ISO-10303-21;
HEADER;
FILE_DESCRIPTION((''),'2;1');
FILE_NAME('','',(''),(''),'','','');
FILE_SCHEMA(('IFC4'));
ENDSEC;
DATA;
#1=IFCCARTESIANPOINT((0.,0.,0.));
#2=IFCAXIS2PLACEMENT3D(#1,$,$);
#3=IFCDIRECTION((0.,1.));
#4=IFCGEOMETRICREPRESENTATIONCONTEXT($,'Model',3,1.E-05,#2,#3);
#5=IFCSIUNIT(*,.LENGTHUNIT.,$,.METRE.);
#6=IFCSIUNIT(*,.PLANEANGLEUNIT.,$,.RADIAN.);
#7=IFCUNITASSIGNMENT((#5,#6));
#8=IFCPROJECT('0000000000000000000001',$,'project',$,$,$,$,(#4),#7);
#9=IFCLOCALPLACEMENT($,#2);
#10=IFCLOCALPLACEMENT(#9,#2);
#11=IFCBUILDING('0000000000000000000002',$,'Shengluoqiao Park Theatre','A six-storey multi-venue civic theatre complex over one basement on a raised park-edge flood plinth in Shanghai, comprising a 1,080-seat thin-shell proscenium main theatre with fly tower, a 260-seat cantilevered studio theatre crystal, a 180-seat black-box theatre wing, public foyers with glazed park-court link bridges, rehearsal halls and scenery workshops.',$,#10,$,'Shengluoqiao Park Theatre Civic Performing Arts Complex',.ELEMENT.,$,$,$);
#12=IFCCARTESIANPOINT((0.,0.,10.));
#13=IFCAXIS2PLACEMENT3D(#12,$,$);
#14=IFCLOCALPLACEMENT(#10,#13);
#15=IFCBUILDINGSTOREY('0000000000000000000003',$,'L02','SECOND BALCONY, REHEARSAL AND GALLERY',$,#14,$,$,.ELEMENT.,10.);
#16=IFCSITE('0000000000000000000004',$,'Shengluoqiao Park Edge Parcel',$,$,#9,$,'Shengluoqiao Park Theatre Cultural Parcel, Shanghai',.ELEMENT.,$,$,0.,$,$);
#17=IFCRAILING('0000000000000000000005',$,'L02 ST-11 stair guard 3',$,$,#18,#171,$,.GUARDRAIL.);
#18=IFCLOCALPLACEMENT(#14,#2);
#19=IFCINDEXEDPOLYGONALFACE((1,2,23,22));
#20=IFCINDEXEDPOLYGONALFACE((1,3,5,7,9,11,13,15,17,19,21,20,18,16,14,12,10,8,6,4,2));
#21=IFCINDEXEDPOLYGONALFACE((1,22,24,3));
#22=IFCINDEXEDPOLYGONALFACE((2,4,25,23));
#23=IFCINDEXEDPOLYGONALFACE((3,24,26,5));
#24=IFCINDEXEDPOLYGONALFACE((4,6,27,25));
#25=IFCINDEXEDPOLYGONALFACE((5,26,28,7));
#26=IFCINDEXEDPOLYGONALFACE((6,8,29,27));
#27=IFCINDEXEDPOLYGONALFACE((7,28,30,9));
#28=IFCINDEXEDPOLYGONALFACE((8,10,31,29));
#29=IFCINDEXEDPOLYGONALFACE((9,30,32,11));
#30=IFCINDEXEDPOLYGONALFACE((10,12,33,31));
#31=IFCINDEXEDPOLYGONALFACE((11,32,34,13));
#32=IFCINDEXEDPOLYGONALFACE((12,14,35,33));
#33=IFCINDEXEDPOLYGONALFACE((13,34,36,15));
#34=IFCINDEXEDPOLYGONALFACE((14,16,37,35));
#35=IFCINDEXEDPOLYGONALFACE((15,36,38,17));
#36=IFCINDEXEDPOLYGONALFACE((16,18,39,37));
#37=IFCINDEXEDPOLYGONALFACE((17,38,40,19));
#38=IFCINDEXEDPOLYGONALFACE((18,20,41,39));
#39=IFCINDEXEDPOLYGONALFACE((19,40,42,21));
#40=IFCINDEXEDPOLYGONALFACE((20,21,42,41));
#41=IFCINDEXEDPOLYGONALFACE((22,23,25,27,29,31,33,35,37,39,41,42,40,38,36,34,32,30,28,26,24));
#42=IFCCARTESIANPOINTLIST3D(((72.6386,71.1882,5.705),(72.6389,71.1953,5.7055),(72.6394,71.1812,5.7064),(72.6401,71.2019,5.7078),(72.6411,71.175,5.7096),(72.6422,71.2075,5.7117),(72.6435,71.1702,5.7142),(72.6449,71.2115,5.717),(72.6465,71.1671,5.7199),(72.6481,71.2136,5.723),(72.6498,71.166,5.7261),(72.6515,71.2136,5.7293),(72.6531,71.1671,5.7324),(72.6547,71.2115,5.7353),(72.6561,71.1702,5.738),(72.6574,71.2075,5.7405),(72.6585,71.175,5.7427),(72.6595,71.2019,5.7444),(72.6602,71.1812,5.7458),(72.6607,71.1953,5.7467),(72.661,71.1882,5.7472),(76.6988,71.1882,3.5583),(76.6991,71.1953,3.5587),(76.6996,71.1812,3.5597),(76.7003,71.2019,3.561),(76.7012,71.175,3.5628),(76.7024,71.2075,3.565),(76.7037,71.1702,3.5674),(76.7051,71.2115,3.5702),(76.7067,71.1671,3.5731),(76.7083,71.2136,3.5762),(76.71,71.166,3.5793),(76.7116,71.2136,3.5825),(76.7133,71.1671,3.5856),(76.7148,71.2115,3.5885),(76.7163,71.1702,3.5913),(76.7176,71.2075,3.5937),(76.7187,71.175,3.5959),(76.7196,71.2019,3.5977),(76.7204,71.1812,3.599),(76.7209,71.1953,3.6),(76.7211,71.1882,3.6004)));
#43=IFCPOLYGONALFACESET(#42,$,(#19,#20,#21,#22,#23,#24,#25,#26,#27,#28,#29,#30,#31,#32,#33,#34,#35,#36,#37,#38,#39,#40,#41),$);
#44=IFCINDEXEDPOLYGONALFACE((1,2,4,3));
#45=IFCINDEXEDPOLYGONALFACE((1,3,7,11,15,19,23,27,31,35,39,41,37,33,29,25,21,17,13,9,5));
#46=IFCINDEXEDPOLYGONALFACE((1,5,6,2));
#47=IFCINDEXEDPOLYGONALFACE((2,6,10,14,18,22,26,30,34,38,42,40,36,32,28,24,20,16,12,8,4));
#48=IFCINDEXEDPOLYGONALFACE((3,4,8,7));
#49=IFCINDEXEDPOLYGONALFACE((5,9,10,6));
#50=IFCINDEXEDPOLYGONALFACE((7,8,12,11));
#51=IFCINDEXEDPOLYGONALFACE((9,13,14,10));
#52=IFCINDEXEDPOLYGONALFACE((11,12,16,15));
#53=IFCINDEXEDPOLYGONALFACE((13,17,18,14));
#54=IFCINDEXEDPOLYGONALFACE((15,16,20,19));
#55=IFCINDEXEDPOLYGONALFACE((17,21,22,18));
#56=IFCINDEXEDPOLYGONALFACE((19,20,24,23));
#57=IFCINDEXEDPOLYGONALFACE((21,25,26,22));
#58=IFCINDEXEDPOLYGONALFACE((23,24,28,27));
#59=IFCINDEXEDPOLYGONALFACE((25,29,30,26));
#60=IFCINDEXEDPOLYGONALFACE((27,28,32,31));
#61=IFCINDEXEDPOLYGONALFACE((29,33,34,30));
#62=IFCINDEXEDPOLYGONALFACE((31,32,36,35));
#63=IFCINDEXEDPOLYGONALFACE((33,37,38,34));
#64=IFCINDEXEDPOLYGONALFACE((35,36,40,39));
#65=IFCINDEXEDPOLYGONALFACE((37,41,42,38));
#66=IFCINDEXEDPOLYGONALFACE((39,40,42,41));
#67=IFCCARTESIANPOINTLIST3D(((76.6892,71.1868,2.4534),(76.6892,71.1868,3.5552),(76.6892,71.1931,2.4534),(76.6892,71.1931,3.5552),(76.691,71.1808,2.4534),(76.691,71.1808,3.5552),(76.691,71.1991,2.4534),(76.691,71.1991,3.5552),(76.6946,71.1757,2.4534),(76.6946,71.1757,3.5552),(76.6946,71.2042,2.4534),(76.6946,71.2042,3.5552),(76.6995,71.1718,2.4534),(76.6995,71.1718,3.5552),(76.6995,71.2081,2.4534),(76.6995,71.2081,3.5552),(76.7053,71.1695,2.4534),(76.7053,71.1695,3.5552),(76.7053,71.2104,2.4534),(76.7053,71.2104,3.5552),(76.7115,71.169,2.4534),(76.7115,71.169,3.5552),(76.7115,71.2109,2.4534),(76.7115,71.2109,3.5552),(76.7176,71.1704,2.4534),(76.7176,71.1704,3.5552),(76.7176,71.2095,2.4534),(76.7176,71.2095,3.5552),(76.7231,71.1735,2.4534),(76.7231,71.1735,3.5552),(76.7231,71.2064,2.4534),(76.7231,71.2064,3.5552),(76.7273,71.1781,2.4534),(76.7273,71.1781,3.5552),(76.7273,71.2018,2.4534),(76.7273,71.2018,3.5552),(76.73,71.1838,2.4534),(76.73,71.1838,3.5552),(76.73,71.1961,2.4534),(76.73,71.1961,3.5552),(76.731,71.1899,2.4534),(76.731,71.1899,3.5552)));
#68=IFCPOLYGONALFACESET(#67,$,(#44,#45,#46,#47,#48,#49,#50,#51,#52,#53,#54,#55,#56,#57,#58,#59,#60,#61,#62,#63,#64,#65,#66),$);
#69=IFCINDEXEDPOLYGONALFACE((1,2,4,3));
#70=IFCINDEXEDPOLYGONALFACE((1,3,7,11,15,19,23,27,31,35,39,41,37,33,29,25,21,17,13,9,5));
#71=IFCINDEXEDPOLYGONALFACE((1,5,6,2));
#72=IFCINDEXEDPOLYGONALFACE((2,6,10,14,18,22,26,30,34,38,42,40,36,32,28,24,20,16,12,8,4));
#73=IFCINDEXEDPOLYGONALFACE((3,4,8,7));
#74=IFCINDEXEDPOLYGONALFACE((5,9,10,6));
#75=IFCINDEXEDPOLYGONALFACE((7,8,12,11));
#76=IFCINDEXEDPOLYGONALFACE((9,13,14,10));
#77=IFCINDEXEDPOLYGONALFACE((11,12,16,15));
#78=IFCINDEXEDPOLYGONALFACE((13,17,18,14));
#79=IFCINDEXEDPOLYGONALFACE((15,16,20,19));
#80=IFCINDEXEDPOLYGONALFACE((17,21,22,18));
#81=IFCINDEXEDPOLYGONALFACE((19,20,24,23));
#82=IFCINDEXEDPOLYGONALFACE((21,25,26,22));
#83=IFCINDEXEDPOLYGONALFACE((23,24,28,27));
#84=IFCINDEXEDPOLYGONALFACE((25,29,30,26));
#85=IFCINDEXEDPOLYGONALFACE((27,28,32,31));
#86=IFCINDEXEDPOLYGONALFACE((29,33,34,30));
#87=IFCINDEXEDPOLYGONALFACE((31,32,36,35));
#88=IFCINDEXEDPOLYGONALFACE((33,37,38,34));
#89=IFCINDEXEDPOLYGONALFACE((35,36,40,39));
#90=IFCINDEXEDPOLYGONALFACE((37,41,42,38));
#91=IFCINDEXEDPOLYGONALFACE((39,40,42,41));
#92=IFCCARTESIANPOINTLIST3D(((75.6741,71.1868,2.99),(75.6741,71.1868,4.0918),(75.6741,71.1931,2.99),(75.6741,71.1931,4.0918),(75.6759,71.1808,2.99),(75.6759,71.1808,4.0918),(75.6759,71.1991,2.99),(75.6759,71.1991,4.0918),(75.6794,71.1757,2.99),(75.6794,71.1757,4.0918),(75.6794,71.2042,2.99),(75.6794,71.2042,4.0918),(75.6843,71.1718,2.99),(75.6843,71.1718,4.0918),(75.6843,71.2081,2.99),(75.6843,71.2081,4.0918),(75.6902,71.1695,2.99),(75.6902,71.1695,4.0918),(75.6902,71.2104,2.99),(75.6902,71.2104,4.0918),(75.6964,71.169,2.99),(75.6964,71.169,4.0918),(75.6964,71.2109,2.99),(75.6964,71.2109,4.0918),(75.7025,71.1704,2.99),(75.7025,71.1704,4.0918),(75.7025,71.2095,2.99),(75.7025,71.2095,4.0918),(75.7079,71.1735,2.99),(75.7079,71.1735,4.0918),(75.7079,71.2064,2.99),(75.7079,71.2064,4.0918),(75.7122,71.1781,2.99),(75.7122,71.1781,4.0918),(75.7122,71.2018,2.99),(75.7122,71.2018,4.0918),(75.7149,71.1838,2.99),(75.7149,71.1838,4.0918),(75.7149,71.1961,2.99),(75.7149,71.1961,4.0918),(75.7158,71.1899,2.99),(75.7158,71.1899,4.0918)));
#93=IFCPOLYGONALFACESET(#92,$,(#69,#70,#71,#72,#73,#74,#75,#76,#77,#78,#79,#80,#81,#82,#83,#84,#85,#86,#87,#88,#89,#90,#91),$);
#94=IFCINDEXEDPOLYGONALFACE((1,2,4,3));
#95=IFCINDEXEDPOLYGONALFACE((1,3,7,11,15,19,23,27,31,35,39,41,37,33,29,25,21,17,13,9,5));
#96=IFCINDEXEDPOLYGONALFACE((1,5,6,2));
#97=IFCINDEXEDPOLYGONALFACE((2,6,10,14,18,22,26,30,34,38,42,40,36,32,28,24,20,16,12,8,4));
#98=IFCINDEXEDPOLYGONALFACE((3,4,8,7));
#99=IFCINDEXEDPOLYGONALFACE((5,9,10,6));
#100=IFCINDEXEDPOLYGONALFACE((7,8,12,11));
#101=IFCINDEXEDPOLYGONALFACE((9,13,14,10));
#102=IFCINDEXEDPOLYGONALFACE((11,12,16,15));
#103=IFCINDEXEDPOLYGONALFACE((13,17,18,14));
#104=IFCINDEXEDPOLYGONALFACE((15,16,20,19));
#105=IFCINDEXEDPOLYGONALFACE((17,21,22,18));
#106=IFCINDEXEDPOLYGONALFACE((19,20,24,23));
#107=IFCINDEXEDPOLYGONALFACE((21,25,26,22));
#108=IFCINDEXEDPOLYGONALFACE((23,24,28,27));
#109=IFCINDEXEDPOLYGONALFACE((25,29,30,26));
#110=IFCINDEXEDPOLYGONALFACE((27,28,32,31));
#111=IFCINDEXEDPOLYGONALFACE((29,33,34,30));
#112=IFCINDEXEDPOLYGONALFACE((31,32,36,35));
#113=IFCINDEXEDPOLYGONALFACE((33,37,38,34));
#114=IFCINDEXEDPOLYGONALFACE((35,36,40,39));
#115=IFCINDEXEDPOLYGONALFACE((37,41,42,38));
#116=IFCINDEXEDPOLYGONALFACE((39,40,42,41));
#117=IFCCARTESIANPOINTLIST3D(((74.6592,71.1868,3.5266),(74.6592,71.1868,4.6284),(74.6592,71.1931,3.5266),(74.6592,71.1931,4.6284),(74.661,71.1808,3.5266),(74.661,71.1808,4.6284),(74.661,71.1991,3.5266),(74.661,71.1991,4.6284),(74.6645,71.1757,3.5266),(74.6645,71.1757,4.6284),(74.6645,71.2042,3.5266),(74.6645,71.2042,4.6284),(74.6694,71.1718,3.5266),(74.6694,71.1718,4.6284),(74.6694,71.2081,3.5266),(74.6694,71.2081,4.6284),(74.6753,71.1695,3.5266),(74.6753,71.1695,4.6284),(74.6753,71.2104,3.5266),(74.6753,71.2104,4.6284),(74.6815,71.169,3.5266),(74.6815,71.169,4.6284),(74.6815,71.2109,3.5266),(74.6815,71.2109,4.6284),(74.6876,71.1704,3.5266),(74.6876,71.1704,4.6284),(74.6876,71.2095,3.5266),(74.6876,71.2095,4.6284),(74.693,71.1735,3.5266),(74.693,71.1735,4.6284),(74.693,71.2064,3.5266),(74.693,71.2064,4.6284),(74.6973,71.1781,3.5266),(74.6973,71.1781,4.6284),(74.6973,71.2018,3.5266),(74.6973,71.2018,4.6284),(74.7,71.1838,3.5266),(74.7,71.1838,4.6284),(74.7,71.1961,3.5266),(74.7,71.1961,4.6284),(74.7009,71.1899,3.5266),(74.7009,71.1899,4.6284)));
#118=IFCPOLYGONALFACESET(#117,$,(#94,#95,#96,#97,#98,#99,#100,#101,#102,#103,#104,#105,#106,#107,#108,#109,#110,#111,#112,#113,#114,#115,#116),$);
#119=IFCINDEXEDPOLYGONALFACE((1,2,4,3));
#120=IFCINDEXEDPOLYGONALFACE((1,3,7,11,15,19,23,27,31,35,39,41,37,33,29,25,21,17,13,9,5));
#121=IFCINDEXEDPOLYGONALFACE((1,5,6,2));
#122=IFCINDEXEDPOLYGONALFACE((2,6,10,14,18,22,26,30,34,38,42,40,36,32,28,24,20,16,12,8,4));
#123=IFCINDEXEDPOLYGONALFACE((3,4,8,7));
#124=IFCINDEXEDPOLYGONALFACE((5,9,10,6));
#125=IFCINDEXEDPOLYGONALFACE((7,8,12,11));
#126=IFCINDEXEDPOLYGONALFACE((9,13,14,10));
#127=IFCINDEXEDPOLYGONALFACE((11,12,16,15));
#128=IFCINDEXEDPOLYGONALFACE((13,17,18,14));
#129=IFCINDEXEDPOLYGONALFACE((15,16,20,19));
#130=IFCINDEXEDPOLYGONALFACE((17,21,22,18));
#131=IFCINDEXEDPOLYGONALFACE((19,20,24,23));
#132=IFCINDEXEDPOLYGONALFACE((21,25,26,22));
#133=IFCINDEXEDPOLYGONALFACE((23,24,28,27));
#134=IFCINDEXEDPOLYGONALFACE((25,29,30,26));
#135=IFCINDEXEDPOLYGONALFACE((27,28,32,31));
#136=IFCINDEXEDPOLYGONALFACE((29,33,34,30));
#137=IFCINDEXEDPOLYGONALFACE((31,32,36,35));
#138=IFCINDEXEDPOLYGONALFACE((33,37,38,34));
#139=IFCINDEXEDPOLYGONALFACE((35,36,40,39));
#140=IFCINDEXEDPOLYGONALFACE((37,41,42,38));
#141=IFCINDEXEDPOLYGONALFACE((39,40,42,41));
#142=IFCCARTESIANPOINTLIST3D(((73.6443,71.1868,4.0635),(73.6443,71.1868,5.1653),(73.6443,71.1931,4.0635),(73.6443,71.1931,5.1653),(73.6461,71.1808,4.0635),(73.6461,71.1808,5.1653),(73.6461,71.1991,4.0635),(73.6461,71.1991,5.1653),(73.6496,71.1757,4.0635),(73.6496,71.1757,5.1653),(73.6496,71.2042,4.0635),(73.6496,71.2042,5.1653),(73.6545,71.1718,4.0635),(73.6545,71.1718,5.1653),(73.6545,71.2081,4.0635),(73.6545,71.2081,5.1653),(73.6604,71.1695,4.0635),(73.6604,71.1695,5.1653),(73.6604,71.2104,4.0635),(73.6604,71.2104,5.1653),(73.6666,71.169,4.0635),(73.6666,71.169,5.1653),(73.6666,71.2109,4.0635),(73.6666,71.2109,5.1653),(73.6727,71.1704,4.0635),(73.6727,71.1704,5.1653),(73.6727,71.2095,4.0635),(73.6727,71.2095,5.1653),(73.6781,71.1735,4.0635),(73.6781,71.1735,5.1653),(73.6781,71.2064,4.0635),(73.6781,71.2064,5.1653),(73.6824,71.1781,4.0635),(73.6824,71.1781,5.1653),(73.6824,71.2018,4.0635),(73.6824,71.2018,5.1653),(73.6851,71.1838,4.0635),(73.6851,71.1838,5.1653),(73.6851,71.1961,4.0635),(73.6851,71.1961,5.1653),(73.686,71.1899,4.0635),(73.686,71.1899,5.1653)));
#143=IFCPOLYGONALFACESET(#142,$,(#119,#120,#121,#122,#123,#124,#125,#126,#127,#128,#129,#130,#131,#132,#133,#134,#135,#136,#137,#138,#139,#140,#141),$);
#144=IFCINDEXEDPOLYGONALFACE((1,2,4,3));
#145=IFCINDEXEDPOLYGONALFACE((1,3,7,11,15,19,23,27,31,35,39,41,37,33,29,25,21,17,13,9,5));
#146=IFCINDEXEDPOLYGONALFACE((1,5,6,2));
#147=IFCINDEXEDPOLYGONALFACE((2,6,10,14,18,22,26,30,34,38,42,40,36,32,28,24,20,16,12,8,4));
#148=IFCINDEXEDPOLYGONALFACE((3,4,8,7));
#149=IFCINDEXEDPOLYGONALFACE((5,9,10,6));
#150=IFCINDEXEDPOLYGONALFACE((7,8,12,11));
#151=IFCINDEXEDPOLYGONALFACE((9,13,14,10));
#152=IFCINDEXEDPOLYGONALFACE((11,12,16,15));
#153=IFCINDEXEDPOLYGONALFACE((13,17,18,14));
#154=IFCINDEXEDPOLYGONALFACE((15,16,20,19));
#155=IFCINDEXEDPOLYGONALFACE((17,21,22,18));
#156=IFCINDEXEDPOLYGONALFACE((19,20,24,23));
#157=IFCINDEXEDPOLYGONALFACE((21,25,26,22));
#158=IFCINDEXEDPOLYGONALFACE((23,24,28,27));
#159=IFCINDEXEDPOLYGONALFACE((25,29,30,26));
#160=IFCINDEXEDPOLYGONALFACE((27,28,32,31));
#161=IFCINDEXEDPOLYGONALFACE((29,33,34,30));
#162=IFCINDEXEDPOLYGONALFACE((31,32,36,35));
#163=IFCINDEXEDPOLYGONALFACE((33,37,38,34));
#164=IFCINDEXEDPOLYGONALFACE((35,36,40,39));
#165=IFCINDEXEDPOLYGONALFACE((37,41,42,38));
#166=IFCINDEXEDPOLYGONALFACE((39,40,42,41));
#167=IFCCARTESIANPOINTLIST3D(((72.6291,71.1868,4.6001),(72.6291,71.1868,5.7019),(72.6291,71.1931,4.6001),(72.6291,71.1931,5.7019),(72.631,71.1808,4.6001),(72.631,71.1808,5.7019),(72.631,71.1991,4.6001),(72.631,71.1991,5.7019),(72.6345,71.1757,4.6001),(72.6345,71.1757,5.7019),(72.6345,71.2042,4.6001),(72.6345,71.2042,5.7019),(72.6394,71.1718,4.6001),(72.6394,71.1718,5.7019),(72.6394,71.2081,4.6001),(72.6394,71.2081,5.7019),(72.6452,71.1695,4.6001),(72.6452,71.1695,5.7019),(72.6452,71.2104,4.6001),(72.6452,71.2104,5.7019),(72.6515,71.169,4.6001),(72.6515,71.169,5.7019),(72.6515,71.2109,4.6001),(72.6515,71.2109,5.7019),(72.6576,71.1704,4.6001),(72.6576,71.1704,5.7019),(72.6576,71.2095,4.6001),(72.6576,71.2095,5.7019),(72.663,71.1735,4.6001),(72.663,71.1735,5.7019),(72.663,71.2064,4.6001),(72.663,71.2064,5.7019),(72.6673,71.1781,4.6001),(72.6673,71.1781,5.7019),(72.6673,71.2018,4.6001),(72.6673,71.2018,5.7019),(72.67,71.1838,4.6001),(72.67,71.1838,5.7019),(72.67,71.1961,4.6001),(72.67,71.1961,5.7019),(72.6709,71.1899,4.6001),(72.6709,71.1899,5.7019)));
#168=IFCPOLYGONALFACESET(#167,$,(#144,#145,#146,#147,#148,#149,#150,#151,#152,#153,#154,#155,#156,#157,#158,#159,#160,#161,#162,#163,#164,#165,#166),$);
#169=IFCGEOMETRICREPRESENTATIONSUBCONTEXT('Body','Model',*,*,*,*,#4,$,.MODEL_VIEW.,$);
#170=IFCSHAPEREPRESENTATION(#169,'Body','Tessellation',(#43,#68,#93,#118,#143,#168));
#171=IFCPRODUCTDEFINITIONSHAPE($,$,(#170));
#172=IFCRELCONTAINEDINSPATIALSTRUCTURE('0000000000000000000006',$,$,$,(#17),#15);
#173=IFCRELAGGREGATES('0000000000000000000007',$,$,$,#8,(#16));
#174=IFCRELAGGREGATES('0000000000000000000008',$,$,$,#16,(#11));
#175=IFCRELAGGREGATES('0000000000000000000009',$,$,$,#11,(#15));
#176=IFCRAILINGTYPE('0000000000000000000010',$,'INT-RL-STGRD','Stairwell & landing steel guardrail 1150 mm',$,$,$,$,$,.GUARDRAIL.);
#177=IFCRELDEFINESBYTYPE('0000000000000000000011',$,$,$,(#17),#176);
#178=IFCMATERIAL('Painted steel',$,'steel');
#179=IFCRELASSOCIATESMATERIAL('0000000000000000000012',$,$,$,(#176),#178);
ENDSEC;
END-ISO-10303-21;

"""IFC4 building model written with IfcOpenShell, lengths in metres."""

from ifc_helpers import new_model, si_unit, direction, frame, origin, origin_2d, place, context, subcontext, project, spatial, circle, extrude, material, type_object, element, save


model = new_model("IFC4")

# Units and contexts
model_context = context("Model", 3, precision=1e-05, world=origin(), true_north=direction((0.0, 1.0)))
body_context = subcontext(model_context, "Body", "Model", "MODEL_VIEW")
ifc_project = project(units=[si_unit("LENGTHUNIT", "METRE"), si_unit("PLANEANGLEUNIT", "RADIAN")], contexts=[model_context])

# Site, building, storey
site_placement = place(None, origin())
site = spatial("IfcSite", under=ifc_project, at=site_placement, Name="Shengluoqiao Park Edge Parcel", LongName="Shengluoqiao Park Theatre Cultural Parcel, Shanghai", CompositionType="ELEMENT", RefElevation=0.0)
building_placement = place(site_placement, origin())
building = spatial("IfcBuilding", under=site, at=building_placement, Name="Shengluoqiao Park Theatre", Description="A six-storey multi-venue civic theatre complex over one basement on a raised park-edge flood plinth in Shanghai, comprising a 1,080-seat thin-shell proscenium main theatre with fly tower, a 260-seat cantilevered studio theatre crystal, a 180-seat black-box theatre wing, public foyers with glazed park-court link bridges, rehearsal halls and scenery workshops.", LongName="Shengluoqiao Park Theatre Civic Performing Arts Complex", CompositionType="ELEMENT")
storey_placement = place(building_placement, frame((0.0, 0.0, 10.0)))
storey = spatial("IfcBuildingStorey", under=building, at=storey_placement, Name="L02", Description="SECOND BALCONY, REHEARSAL AND GALLERY", CompositionType="ELEMENT", Elevation=10.0)

# Railing
ifc_material_1 = material(Name="Painted steel", Category="steel")
railing_type_1 = type_object("IfcRailingType", Name="INT-RL-STGRD", Description="Stairwell & landing steel guardrail 1150 mm", PredefinedType="GUARDRAIL", material=ifc_material_1)
railing_1_placement = place(storey_placement, frame((76.71, 71.1899, 2.4534)))
element("IfcRailing", 1, at=railing_1_placement, inside=storey, type_object=railing_type_1, Name="L02 ST-11 stair guard 3", PredefinedType="GUARDRAIL", context=body_context, shape_type="SweptSolid", body=[
    extrude(circle(Radius=0.0239, at=origin_2d()), frame((0.0, 0.0, 1.126), z_axis=(-0.884032, 0.0, 0.467426), x_axis=(0.0, -1.0, 0.0)), (0.0, 0.0, 1.0), 4.5928),
    extrude(circle(Radius=0.021, at=origin_2d()), origin(), (0.0, 0.0, 1.0), 1.1018),
    extrude(circle(Radius=0.021, at=origin_2d()), frame((-1.0151, 0.0, 0.5366)), (0.0, 0.0, 1.0), 1.1018),
    extrude(circle(Radius=0.021, at=origin_2d()), frame((-2.03, 0.0, 1.0732)), (0.0, 0.0, 1.0), 1.1018),
    extrude(circle(Radius=0.021, at=origin_2d()), frame((-3.0449, 0.0, 1.6101)), (0.0, 0.0, 1.0), 1.1018),
    extrude(circle(Radius=0.021, at=origin_2d()), frame((-4.0601, 0.0, 2.1467)), (0.0, 0.0, 1.0), 1.1018),
])

save(model, "model.ifc")
